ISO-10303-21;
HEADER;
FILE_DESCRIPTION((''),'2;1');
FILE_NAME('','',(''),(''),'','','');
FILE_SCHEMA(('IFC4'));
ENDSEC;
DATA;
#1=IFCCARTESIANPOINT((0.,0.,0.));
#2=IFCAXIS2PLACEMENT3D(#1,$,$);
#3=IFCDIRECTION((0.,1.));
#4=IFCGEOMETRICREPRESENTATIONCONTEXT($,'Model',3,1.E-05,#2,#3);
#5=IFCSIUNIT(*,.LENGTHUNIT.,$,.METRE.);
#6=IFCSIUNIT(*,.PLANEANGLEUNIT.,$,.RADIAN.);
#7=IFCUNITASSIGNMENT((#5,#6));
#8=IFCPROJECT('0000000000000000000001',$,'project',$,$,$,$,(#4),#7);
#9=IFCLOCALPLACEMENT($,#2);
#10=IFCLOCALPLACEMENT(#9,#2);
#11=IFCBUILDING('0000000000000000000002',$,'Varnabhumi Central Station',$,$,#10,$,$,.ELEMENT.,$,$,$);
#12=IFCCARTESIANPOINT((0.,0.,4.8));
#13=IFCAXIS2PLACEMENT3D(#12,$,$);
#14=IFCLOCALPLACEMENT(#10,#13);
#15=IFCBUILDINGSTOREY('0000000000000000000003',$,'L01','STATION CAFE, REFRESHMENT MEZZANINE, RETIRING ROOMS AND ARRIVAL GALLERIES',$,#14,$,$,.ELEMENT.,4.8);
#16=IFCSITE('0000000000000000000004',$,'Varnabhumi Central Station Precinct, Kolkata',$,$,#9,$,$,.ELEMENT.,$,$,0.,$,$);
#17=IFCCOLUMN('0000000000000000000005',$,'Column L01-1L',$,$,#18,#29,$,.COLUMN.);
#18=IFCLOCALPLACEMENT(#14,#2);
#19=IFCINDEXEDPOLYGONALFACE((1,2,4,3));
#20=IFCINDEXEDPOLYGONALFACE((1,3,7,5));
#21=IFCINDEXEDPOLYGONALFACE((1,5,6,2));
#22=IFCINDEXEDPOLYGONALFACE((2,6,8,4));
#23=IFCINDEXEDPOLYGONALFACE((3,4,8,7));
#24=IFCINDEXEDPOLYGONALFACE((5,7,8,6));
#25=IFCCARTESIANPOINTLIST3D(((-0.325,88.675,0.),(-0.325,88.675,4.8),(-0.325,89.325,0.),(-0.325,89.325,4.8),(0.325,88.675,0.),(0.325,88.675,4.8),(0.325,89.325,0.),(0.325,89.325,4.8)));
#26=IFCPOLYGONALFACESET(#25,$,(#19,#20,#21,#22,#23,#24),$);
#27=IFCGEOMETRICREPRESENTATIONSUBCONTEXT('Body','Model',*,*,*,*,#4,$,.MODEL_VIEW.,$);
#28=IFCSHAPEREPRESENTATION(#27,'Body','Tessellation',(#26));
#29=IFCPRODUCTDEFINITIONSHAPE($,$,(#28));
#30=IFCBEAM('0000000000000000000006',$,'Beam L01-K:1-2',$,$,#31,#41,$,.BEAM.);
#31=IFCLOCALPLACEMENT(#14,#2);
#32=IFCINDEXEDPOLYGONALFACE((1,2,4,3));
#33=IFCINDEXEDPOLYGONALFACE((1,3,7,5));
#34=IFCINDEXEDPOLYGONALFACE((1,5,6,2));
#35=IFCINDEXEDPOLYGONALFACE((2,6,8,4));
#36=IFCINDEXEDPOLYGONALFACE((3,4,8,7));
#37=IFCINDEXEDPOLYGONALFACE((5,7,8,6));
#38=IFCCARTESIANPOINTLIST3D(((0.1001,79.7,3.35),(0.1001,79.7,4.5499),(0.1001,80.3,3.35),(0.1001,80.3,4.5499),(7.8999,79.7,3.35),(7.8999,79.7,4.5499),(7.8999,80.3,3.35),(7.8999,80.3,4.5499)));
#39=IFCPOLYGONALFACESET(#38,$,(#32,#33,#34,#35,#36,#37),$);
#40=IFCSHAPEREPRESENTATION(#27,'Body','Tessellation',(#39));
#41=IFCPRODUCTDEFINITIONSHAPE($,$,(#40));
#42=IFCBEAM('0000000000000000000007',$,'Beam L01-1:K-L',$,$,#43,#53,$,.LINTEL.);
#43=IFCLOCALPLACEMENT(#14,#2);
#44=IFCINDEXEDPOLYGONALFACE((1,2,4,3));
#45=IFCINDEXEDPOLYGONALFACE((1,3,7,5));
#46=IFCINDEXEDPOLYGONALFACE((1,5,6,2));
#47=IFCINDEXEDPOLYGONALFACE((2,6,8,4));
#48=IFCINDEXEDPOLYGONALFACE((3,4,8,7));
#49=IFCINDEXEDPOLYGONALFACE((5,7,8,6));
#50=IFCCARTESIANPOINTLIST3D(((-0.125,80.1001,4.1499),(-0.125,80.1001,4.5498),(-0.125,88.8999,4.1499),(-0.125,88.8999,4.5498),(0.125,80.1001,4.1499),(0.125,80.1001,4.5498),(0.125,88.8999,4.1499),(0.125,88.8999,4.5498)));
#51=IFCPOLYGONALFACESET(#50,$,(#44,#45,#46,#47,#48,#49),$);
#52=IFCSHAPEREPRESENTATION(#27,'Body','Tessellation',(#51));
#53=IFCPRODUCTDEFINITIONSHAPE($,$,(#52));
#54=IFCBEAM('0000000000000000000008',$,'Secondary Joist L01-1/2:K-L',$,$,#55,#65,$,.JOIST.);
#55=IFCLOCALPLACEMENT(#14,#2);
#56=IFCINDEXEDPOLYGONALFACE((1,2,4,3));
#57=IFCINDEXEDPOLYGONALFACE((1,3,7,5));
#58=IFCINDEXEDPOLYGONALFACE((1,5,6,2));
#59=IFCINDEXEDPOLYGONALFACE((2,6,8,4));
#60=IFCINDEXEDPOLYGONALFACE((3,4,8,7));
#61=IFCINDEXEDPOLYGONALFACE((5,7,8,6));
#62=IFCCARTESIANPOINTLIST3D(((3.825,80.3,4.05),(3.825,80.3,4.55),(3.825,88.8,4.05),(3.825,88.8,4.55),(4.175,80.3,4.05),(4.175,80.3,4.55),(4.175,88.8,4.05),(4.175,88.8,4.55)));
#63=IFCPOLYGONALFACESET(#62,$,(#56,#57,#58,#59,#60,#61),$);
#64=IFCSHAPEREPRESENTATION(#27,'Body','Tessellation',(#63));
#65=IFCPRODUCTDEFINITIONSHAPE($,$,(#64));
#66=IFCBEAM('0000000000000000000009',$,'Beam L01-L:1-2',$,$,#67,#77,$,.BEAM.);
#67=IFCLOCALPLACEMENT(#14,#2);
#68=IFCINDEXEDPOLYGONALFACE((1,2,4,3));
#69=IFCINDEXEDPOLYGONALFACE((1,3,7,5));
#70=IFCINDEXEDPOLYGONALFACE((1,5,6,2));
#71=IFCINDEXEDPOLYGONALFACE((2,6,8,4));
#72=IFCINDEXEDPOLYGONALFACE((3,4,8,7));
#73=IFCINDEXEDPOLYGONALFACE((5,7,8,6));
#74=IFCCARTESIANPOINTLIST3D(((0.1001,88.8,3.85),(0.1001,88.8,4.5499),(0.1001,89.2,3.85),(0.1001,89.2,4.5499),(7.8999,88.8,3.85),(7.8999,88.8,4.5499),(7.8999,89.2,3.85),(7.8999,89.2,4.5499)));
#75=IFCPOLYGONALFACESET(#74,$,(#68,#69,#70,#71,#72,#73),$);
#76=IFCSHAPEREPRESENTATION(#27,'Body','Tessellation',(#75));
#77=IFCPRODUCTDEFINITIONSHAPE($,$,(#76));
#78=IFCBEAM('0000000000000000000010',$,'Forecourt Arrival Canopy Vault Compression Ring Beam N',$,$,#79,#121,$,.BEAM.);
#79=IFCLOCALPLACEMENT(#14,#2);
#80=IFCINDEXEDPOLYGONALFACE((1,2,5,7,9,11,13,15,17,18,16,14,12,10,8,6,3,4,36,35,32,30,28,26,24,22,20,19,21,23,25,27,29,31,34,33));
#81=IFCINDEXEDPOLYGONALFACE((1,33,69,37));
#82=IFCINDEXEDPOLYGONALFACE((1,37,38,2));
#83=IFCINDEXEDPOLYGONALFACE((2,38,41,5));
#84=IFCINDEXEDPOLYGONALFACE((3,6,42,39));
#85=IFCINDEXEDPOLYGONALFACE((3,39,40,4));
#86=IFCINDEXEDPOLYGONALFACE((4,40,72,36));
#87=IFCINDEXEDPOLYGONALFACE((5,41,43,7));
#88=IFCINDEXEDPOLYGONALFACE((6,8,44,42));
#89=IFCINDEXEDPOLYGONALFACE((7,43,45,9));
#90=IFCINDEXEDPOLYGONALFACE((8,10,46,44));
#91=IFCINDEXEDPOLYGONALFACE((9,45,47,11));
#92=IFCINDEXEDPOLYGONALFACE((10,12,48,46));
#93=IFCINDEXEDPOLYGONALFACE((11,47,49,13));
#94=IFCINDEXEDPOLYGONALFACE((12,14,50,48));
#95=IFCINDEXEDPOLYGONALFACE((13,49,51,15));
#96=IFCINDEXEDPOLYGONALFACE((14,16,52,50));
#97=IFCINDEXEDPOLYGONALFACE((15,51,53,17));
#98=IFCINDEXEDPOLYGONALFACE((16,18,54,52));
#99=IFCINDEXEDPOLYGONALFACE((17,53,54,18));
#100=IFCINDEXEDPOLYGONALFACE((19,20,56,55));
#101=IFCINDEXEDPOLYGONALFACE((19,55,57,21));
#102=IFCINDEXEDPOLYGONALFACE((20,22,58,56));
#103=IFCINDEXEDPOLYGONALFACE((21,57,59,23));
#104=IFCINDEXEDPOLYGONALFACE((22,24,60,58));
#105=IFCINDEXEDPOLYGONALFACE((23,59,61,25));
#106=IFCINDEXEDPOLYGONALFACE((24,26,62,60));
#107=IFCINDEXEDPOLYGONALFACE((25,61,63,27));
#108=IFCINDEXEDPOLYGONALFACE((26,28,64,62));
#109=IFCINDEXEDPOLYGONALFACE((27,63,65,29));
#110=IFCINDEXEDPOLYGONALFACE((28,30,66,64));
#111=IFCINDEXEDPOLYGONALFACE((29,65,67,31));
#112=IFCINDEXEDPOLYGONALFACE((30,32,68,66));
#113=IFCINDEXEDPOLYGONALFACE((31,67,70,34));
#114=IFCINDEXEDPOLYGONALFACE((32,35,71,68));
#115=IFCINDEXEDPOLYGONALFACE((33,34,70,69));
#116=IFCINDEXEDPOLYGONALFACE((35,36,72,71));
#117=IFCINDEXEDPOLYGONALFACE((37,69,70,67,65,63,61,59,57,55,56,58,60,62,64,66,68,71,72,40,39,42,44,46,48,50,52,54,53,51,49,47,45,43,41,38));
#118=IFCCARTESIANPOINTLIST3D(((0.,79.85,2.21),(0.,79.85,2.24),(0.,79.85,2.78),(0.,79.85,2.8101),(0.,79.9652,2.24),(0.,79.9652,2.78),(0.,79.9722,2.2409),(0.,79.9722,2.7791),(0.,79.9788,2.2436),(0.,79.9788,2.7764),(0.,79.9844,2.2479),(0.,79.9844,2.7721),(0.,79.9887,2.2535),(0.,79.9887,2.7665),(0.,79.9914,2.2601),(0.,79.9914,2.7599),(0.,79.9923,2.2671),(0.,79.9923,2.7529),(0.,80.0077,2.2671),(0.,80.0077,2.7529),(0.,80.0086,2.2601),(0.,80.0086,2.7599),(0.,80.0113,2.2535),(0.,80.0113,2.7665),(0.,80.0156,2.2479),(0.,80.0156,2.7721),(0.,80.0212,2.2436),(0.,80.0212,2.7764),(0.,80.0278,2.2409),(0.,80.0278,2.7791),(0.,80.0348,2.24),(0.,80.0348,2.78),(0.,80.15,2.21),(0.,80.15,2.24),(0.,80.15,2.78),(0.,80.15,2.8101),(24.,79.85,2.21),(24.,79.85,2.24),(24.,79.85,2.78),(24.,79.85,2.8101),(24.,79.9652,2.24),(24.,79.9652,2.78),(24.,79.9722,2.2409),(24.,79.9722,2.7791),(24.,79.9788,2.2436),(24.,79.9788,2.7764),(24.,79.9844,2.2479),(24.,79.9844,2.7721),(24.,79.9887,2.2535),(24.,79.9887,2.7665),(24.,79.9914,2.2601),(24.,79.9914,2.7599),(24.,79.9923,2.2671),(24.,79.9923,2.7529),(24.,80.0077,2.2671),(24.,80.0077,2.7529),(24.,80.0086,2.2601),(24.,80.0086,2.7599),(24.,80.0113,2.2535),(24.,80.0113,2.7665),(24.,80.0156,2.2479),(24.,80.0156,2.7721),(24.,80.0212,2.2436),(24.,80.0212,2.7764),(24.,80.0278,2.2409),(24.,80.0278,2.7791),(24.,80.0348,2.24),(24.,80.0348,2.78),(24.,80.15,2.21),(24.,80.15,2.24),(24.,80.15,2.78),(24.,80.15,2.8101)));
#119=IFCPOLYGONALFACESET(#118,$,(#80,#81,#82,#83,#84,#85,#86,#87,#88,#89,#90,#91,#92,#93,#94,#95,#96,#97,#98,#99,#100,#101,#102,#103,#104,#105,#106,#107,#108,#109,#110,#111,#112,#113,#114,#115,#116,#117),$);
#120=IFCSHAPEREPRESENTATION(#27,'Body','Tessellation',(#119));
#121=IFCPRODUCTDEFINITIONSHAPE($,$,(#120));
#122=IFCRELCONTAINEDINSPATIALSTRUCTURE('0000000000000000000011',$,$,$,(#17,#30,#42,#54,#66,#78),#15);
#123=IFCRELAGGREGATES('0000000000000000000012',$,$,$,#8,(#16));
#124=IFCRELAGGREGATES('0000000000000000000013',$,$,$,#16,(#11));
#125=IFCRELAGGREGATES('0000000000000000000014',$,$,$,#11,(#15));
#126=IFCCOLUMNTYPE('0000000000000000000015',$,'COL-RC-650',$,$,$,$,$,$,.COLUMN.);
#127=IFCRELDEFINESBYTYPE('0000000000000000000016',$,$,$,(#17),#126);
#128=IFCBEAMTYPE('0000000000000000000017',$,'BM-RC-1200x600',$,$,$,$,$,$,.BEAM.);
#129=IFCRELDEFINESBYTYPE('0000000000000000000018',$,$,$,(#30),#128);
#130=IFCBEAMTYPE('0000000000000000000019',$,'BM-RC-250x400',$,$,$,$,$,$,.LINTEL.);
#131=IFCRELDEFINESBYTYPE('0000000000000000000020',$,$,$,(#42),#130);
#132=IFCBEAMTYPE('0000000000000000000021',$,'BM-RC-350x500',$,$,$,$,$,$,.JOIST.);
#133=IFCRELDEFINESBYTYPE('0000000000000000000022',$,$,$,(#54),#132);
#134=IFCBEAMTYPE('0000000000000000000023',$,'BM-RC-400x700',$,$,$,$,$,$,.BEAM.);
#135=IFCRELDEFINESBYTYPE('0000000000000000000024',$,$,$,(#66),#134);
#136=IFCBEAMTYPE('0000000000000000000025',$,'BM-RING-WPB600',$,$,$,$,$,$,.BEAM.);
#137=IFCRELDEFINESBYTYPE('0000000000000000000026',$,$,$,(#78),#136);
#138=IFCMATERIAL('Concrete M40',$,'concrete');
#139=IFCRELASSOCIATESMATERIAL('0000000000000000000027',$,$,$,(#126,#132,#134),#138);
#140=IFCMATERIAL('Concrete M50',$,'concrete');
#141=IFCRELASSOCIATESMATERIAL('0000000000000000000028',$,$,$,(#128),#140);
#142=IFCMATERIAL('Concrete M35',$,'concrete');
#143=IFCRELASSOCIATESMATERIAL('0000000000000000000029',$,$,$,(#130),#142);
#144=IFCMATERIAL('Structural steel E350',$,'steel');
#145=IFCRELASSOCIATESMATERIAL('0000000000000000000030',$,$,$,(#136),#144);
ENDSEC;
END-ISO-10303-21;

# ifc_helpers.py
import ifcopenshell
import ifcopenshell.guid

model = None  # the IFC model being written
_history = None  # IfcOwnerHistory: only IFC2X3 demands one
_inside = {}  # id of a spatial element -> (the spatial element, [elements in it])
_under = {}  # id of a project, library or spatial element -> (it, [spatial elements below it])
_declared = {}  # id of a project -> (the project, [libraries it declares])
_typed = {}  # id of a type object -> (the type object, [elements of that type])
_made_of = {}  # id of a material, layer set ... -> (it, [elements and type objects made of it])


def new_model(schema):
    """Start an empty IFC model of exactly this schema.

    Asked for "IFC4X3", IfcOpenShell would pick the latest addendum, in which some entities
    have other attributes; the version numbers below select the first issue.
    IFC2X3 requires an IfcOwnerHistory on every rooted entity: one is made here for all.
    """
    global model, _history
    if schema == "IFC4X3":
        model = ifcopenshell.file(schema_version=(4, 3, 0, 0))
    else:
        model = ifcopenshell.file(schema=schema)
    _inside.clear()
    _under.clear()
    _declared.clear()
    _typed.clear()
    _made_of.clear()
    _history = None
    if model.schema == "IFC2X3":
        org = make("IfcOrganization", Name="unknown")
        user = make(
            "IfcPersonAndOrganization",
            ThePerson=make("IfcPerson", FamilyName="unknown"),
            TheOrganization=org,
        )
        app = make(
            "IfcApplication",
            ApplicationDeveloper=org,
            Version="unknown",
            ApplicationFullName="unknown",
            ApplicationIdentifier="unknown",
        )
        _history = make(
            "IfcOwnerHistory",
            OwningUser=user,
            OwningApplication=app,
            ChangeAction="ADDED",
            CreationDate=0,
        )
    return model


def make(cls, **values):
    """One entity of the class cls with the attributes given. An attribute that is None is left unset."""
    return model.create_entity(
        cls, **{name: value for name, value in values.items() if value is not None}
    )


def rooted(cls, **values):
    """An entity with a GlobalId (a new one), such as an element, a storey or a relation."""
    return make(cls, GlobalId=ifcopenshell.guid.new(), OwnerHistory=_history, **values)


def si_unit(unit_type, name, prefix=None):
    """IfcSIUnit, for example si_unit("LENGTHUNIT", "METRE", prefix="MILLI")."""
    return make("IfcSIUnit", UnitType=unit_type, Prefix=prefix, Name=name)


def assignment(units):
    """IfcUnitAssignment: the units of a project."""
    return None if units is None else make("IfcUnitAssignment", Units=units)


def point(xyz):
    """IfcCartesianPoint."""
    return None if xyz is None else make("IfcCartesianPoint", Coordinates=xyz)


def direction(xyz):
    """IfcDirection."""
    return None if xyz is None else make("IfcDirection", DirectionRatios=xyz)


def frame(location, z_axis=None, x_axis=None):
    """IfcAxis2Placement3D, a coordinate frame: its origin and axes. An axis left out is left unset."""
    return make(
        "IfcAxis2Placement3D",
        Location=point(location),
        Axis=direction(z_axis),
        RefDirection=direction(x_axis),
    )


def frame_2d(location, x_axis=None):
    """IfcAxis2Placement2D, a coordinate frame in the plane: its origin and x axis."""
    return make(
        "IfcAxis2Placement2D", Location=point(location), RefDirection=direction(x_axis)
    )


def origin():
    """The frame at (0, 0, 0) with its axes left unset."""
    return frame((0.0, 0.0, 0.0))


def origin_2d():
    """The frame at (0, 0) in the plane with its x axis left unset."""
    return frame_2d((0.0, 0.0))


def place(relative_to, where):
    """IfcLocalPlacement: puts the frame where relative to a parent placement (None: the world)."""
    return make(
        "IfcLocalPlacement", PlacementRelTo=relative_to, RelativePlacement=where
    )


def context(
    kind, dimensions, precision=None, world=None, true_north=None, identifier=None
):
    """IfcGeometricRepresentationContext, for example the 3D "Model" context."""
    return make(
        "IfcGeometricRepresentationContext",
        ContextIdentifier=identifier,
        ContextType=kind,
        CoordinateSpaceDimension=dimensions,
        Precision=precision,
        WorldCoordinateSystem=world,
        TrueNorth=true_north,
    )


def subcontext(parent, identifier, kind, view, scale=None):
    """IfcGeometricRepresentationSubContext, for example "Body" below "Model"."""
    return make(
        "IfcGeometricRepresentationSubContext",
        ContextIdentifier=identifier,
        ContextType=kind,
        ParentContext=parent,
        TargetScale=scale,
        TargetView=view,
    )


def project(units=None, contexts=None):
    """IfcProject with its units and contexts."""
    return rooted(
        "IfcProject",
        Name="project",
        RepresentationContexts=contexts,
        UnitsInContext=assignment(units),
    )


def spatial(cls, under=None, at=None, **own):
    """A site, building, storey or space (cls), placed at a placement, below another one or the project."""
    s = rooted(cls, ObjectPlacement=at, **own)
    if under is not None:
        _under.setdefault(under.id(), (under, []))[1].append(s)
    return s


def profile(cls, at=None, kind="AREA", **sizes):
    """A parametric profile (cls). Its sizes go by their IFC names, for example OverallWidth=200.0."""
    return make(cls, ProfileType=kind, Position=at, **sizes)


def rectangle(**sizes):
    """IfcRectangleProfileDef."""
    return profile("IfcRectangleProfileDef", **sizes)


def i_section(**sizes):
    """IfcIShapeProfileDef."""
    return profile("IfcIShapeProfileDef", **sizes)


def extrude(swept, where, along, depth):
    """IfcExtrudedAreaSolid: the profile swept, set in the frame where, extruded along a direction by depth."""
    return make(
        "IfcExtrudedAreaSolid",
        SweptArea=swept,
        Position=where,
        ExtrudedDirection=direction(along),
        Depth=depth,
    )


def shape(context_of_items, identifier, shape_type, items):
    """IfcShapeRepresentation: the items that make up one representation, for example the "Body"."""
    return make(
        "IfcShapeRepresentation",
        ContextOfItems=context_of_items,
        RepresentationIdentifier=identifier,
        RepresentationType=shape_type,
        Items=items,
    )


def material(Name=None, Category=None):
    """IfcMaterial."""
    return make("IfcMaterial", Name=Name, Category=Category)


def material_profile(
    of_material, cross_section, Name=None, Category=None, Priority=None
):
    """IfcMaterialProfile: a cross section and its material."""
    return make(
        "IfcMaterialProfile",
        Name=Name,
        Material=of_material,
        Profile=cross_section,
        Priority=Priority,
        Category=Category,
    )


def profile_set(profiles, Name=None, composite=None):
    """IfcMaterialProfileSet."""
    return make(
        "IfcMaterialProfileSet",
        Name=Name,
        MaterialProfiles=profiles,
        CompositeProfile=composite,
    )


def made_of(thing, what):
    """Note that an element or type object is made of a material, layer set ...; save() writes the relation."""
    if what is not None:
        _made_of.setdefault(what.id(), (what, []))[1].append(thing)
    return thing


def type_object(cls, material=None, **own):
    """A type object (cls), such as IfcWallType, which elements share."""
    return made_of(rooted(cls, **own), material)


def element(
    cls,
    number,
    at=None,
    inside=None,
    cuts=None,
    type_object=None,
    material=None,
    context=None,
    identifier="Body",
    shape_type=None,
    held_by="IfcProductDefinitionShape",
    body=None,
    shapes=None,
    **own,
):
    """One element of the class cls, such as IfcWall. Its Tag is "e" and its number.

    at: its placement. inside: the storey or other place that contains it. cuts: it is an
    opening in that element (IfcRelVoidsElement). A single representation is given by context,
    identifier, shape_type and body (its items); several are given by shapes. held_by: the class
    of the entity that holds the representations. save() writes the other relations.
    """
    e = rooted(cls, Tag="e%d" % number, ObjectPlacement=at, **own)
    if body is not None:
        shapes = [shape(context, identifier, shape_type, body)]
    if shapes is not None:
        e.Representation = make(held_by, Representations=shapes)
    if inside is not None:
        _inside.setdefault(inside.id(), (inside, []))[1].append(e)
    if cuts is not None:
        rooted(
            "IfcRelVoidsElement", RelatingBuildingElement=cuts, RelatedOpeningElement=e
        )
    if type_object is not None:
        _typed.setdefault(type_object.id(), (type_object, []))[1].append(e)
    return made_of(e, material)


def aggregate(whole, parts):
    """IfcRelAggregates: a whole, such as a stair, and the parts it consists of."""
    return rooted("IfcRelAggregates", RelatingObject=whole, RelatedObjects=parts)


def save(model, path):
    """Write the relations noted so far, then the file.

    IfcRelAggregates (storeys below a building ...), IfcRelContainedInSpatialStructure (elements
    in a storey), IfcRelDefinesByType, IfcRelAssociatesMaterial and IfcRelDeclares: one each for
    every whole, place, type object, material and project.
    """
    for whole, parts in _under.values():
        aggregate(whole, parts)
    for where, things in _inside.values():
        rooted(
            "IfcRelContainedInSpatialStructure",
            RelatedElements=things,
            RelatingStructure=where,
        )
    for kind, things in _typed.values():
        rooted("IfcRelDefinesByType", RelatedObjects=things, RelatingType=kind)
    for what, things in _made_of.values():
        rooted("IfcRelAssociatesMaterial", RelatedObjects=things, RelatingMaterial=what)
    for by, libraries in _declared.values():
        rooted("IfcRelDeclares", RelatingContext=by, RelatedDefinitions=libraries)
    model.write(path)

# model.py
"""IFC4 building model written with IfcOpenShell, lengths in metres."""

from ifc_helpers import new_model, si_unit, direction, frame, origin, origin_2d, place, context, subcontext, project, spatial, rectangle, i_section, extrude, material, material_profile, profile_set, type_object, element, save


model = new_model("IFC4")

# Units and contexts
model_context = context("Model", 3, precision=1e-05, world=origin(), true_north=direction((0.0, 1.0)))
body_context = subcontext(model_context, "Body", "Model", "MODEL_VIEW")
ifc_project = project(units=[si_unit("LENGTHUNIT", "METRE"), si_unit("PLANEANGLEUNIT", "RADIAN")], contexts=[model_context])

# Site, building, storey
site_placement = place(None, origin())
site = spatial("IfcSite", under=ifc_project, at=site_placement, Name="Varnabhumi Central Station Precinct, Kolkata", CompositionType="ELEMENT", RefElevation=0.0)
building_placement = place(site_placement, origin())
building = spatial("IfcBuilding", under=site, at=building_placement, Name="Varnabhumi Central Station", CompositionType="ELEMENT")
storey_placement = place(building_placement, frame((0.0, 0.0, 4.8)))
storey = spatial("IfcBuildingStorey", under=building, at=storey_placement, Name="L01", Description="STATION CAFE, REFRESHMENT MEZZANINE, RETIRING ROOMS AND ARRIVAL GALLERIES", CompositionType="ELEMENT", Elevation=4.8)

# Column
ifc_material_1 = material(Name="Concrete M40", Category="concrete")
ifc_material_profile_1 = material_profile(ifc_material_1, rectangle(XDim=0.6499, YDim=0.6499, at=origin_2d()), Name="Concrete M40", Category="concrete")
ifc_profile_set_1 = profile_set([ifc_material_profile_1], Name="Concrete M40")
column_type = type_object("IfcColumnType", Name="COL-RC-650", PredefinedType="COLUMN", material=ifc_profile_set_1)
column_placement = place(storey_placement, frame((0.0, 89.0, 0.0), z_axis=(0.0, 0.0, 1.0), x_axis=(1.0, 0.0, 0.0)))
element("IfcColumn", 1, at=column_placement, inside=storey, type_object=column_type, Name="Column L01-1L", PredefinedType="COLUMN", context=body_context, shape_type="SweptSolid", body=[
    extrude(rectangle(XDim=0.6499, YDim=0.6499, at=origin_2d()), origin(), (0.0, 0.0, 1.0), 4.8),
])

# Beams
ifc_material_2 = material(Name="Concrete M50", Category="concrete")
ifc_material_profile_2 = material_profile(ifc_material_2, rectangle(XDim=0.6001, YDim=1.2, at=origin_2d()), Name="Concrete M50", Category="concrete")
ifc_profile_set_2 = profile_set([ifc_material_profile_2], Name="Concrete M50")
beam_type_1 = type_object("IfcBeamType", Name="BM-RC-1200x600", PredefinedType="BEAM", material=ifc_profile_set_2)
beam_1_placement = place(storey_placement, frame((0.1001, 80.0, 3.95), z_axis=(1.0, 0.0, 0.0), x_axis=(0.0, 1.0, 0.0)))
element("IfcBeam", 2, at=beam_1_placement, inside=storey, type_object=beam_type_1, Name="Beam L01-K:1-2", PredefinedType="BEAM", context=body_context, shape_type="SweptSolid", body=[
    extrude(rectangle(XDim=0.6001, YDim=1.2, at=origin_2d()), origin(), (0.0, 0.0, 1.0), 7.7998),
])
ifc_material_3 = material(Name="Concrete M35", Category="concrete")
ifc_material_profile_3 = material_profile(ifc_material_3, rectangle(XDim=0.25, YDim=0.3999, at=origin_2d()), Name="Concrete M35", Category="concrete")
ifc_profile_set_3 = profile_set([ifc_material_profile_3], Name="Concrete M35")
beam_type_2 = type_object("IfcBeamType", Name="BM-RC-250x400", PredefinedType="LINTEL", material=ifc_profile_set_3)
beam_2_placement = place(storey_placement, frame((0.0, 80.1001, 4.3499), z_axis=(0.0, 1.0, 0.0), x_axis=(-1.0, 0.0, 0.0)))
element("IfcBeam", 3, at=beam_2_placement, inside=storey, type_object=beam_type_2, Name="Beam L01-1:K-L", PredefinedType="LINTEL", context=body_context, shape_type="SweptSolid", body=[
    extrude(rectangle(XDim=0.25, YDim=0.3999, at=origin_2d()), origin(), (0.0, 0.0, 1.0), 8.7998),
])
ifc_material_profile_4 = material_profile(ifc_material_1, rectangle(XDim=0.3501, YDim=0.5, at=origin_2d()), Name="Concrete M40", Category="concrete")
ifc_profile_set_4 = profile_set([ifc_material_profile_4], Name="Concrete M40")
beam_type_3 = type_object("IfcBeamType", Name="BM-RC-350x500", PredefinedType="JOIST", material=ifc_profile_set_4)
beam_3_placement = place(storey_placement, frame((4.0, 80.3, 4.3), z_axis=(0.0, 1.0, 0.0), x_axis=(-1.0, 0.0, 0.0)))
element("IfcBeam", 4, at=beam_3_placement, inside=storey, type_object=beam_type_3, Name="Secondary Joist L01-1/2:K-L", PredefinedType="JOIST", context=body_context, shape_type="SweptSolid", body=[
    extrude(rectangle(XDim=0.3501, YDim=0.5, at=origin_2d()), origin(), (0.0, 0.0, 1.0), 8.5),
])
ifc_material_profile_5 = material_profile(ifc_material_1, rectangle(XDim=0.3999, YDim=0.7, at=origin_2d()), Name="Concrete M40", Category="concrete")
ifc_profile_set_5 = profile_set([ifc_material_profile_5], Name="Concrete M40")
beam_type_4 = type_object("IfcBeamType", Name="BM-RC-400x700", PredefinedType="BEAM", material=ifc_profile_set_5)
beam_4_placement = place(storey_placement, frame((0.1001, 89.0, 4.2), z_axis=(1.0, 0.0, 0.0), x_axis=(0.0, 1.0, 0.0)))
element("IfcBeam", 5, at=beam_4_placement, inside=storey, type_object=beam_type_4, Name="Beam L01-L:1-2", PredefinedType="BEAM", context=body_context, shape_type="SweptSolid", body=[
    extrude(rectangle(XDim=0.3999, YDim=0.7, at=origin_2d()), origin(), (0.0, 0.0, 1.0), 7.7998),
])
ifc_material_4 = material(Name="Structural steel E350", Category="steel")
ifc_material_profile_6 = material_profile(ifc_material_4, i_section(OverallWidth=0.3, OverallDepth=0.6001, WebThickness=0.0154, FlangeThickness=0.03, FilletRadius=0.0271, at=origin_2d()), Name="Structural steel E350", Category="steel")
ifc_profile_set_6 = profile_set([ifc_material_profile_6], Name="Structural steel E350")
beam_type_5 = type_object("IfcBeamType", Name="BM-RING-WPB600", PredefinedType="BEAM", material=ifc_profile_set_6)
beam_5_placement = place(storey_placement, frame((0.0, 80.0, 2.51), z_axis=(1.0, 0.0, 0.0), x_axis=(0.0, 1.0, 0.0)))
element("IfcBeam", 6, at=beam_5_placement, inside=storey, type_object=beam_type_5, Name="Forecourt Arrival Canopy Vault Compression Ring Beam N", PredefinedType="BEAM", context=body_context, shape_type="SweptSolid", body=[
    extrude(i_section(OverallWidth=0.3, OverallDepth=0.6001, WebThickness=0.0154, FlangeThickness=0.03, FilletRadius=0.0271, at=origin_2d()), origin(), (0.0, 0.0, 1.0), 24.0),
])

save(model, "model.ifc")
